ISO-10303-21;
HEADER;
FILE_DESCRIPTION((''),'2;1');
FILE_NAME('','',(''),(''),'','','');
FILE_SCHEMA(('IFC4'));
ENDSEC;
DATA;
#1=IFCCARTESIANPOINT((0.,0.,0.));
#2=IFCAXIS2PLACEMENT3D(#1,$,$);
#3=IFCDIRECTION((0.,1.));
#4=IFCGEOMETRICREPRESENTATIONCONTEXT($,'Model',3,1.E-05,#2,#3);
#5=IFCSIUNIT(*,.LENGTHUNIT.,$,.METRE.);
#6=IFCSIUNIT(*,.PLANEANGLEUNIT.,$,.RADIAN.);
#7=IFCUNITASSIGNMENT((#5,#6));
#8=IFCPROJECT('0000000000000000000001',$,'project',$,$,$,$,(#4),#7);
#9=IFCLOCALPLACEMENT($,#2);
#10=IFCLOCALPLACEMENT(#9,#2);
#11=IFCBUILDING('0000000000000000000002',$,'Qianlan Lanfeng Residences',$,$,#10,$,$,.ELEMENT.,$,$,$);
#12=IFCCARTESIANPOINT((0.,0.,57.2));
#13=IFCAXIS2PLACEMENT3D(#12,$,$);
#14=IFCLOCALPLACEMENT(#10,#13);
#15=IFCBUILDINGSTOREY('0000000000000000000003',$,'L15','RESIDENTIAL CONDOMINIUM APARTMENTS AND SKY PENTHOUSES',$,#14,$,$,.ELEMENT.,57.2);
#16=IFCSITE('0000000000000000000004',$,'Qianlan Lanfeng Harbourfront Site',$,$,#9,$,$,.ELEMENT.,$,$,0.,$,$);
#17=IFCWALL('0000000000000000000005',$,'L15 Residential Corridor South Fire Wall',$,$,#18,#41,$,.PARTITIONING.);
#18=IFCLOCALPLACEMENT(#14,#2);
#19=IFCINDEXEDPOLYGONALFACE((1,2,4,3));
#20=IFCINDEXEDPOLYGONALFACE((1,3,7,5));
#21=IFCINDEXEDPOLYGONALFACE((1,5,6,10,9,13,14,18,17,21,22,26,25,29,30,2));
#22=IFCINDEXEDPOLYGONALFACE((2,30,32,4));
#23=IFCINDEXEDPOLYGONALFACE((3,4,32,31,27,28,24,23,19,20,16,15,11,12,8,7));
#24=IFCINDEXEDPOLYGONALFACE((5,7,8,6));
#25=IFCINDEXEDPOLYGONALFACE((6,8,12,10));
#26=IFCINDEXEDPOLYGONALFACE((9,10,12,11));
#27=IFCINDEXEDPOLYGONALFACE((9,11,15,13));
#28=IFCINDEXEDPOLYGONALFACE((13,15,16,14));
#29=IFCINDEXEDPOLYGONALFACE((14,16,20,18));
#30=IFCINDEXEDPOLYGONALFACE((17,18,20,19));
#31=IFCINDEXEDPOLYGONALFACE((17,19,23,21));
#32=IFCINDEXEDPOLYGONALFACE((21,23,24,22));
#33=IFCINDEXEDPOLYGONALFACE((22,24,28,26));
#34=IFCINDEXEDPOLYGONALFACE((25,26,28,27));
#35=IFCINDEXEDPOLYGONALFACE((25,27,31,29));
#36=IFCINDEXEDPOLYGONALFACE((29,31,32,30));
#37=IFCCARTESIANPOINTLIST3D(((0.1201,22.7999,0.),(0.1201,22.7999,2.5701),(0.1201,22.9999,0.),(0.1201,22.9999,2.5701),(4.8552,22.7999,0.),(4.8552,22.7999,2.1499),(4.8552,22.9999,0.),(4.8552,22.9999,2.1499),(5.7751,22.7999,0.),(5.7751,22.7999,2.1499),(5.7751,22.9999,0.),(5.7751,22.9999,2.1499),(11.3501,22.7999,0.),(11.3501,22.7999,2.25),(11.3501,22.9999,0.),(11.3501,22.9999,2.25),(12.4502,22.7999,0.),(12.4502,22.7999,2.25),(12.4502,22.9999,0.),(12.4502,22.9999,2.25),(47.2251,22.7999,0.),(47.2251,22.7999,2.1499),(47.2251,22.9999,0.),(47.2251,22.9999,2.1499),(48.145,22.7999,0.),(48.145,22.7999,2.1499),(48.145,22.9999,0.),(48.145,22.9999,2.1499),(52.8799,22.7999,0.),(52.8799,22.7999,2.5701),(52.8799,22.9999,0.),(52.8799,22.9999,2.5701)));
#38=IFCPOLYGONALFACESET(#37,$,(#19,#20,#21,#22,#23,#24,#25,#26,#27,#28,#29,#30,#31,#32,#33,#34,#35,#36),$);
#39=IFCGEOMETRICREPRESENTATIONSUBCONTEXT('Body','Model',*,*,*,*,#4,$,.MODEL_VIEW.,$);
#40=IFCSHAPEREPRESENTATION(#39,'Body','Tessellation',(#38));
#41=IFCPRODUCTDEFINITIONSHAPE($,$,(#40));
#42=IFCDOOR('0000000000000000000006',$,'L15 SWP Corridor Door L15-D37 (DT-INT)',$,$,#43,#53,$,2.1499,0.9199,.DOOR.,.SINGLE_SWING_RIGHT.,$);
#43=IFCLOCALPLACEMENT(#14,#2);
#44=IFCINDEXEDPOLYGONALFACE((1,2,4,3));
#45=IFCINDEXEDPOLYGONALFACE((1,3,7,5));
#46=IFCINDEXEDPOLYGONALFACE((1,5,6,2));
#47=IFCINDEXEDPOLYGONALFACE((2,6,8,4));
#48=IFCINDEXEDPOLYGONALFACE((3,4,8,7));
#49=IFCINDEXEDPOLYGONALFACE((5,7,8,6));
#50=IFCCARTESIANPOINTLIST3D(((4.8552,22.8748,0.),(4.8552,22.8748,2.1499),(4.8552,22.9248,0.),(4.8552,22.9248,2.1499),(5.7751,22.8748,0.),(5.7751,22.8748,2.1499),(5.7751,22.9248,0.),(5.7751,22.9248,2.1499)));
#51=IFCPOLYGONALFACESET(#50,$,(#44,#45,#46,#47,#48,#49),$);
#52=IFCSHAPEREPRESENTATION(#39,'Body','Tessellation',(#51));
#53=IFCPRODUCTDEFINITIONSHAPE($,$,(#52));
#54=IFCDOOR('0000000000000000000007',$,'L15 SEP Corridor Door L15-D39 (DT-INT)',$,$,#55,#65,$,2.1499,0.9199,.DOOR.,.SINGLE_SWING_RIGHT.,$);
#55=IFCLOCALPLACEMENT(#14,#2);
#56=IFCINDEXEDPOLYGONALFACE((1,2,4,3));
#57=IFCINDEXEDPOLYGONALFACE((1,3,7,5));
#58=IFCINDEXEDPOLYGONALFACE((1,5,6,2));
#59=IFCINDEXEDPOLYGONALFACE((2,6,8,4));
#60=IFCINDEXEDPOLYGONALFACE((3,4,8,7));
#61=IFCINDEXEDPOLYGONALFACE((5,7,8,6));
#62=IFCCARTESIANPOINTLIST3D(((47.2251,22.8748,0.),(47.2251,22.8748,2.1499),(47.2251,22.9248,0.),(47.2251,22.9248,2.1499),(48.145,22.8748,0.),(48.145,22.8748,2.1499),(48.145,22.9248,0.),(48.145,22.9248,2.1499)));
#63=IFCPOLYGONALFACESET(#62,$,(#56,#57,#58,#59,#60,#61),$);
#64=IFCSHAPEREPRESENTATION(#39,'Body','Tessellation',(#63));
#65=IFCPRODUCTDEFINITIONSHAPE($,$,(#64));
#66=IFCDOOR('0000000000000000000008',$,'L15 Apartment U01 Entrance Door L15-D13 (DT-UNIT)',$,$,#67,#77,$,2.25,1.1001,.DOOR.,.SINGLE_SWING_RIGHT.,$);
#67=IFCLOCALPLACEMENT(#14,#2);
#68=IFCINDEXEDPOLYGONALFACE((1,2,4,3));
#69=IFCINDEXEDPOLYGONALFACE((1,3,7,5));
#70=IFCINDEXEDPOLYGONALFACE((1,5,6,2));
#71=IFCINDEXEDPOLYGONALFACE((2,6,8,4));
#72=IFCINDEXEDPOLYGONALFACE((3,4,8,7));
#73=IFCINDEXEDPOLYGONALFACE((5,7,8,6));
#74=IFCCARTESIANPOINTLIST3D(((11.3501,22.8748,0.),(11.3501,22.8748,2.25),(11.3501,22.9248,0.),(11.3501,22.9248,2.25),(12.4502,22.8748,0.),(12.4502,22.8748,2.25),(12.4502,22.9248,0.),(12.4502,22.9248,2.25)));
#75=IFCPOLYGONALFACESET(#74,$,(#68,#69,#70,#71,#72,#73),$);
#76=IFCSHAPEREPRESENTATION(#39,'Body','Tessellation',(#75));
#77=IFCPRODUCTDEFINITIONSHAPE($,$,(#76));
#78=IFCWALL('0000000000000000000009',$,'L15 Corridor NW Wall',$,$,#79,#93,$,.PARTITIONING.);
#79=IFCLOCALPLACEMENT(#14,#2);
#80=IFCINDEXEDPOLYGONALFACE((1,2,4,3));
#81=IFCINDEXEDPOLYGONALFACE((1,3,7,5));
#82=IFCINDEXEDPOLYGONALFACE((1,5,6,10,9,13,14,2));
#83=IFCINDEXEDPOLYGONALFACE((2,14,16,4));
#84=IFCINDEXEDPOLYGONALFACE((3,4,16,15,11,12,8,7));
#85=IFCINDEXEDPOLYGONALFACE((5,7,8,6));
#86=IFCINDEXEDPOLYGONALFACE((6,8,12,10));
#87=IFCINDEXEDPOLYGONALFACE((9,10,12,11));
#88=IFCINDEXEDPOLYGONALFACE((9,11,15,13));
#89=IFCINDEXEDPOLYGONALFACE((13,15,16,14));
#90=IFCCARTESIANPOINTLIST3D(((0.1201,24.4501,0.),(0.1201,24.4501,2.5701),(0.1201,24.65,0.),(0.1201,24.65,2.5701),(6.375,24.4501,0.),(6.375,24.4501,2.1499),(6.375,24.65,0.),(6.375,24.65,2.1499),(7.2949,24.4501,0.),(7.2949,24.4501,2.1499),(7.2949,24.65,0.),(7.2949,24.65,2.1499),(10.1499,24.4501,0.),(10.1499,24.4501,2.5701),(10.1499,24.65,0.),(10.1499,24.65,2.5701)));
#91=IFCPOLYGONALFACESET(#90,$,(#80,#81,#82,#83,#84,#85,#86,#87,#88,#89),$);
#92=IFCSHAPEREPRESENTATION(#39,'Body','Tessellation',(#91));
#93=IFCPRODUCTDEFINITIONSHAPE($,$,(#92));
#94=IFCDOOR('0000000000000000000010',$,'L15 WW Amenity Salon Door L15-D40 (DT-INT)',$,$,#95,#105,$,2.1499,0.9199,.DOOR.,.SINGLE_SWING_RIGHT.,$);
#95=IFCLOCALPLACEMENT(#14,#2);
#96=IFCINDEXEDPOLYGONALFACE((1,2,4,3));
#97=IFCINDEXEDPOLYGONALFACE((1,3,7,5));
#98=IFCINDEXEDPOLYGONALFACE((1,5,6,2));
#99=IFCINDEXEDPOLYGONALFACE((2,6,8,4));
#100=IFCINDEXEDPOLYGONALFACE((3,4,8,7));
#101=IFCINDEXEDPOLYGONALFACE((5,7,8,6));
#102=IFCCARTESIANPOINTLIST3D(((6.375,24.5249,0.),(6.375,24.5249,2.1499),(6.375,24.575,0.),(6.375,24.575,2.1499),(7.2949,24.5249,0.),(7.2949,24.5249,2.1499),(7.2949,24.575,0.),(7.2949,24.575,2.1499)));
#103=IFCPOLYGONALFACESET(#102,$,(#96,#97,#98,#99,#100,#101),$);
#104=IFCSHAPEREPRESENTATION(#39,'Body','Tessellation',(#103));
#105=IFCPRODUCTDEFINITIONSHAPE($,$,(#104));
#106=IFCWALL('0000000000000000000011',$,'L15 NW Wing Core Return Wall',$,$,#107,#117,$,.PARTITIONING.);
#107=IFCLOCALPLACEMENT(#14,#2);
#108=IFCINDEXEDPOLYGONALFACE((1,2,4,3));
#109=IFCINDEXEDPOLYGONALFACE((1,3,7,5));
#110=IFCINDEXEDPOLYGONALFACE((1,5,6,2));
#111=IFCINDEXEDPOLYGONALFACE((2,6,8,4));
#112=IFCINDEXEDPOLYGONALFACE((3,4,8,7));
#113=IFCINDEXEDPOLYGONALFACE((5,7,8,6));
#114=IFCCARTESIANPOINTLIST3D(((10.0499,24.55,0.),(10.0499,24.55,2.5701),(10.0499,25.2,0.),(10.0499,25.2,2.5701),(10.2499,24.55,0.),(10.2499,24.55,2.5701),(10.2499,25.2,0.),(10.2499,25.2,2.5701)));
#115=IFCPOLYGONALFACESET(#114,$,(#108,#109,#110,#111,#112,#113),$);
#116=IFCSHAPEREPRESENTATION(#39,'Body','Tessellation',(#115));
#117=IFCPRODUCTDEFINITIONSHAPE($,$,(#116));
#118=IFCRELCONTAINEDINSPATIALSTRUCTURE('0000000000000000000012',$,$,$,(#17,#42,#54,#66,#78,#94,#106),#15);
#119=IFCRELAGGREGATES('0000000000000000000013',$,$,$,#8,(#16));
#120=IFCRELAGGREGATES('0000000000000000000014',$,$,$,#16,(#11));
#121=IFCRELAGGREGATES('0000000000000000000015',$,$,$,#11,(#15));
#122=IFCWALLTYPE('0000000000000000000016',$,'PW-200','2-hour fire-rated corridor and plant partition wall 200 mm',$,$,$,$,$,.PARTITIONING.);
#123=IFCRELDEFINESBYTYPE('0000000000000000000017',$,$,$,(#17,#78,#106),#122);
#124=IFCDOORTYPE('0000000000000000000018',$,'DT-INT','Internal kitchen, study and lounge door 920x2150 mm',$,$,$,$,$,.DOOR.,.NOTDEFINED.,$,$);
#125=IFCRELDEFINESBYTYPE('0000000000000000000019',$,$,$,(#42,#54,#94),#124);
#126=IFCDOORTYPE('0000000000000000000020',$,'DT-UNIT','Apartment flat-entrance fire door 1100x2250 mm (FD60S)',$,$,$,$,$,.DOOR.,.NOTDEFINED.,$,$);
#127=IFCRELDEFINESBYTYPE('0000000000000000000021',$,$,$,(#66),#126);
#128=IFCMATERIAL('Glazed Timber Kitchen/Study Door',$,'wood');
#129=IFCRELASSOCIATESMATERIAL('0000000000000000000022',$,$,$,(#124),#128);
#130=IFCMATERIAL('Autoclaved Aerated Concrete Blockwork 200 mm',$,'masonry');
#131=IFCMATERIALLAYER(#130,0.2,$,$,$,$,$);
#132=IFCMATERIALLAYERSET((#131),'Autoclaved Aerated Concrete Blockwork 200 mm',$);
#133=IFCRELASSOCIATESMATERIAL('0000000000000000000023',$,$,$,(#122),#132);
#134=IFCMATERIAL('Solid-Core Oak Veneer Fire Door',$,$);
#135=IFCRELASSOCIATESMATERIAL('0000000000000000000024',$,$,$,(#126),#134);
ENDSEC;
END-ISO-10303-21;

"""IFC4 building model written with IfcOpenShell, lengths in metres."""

from ifc_helpers import new_model, si_unit, direction, frame, frame_2d, origin, place, context, subcontext, project, spatial, rectangle, extrude, material, layer, layer_set, type_object, element, fill, save


model = new_model("IFC4")

# Units and contexts
model_context = context("Model", 3, precision=1e-05, world=origin(), true_north=direction((0.0, 1.0)))
body_context = subcontext(model_context, "Body", "Model", "MODEL_VIEW")
ifc_project = project(units=[si_unit("LENGTHUNIT", "METRE"), si_unit("PLANEANGLEUNIT", "RADIAN")], contexts=[model_context])

# Site, building, storey
site_placement = place(None, origin())
site = spatial("IfcSite", under=ifc_project, at=site_placement, Name="Qianlan Lanfeng Harbourfront Site", CompositionType="ELEMENT", RefElevation=0.0)
building_placement = place(site_placement, origin())
building = spatial("IfcBuilding", under=site, at=building_placement, Name="Qianlan Lanfeng Residences", CompositionType="ELEMENT")
storey_placement = place(building_placement, frame((0.0, 0.0, 57.2)))
storey = spatial("IfcBuildingStorey", under=building, at=storey_placement, Name="L15", Description="RESIDENTIAL CONDOMINIUM APARTMENTS AND SKY PENTHOUSES", CompositionType="ELEMENT", Elevation=57.2)

# Shared definitions
ifc_material_1 = material(Name="Glazed Timber Kitchen/Study Door", Category="wood")
door_type_1 = type_object("IfcDoorType", Name="DT-INT", Description="Internal kitchen, study and lounge door 920x2150 mm", OperationType="NOTDEFINED", PredefinedType="DOOR", material=ifc_material_1)

# Wall, openings, doors
ifc_material_2 = material(Name="Autoclaved Aerated Concrete Blockwork 200 mm", Category="masonry")
ifc_layer_1 = layer(ifc_material_2, 0.2)
ifc_layer_set_1 = layer_set([ifc_layer_1], Name="Autoclaved Aerated Concrete Blockwork 200 mm")
wall_type_1 = type_object("IfcWallType", Name="PW-200", Description="2-hour fire-rated corridor and plant partition wall 200 mm", PredefinedType="PARTITIONING", material=ifc_layer_set_1)
wall_1_placement = place(storey_placement, frame((0.1201, 22.8999, 0.0), z_axis=(0.0, 0.0, 1.0), x_axis=(1.0, 0.0, 0.0)))
wall_1 = element("IfcWall", 1, at=wall_1_placement, inside=storey, type_object=wall_type_1, Name="L15 Residential Corridor South Fire Wall", PredefinedType="PARTITIONING", context=body_context, shape_type="SweptSolid", body=[
    extrude(rectangle(XDim=52.7598, YDim=0.2, at=frame_2d((26.3799, 0.0))), origin(), (0.0, 0.0, 1.0), 2.5701),
])
opening_1_placement = place(wall_1_placement, frame((11.23, 0.0, 0.0)))
opening_1 = element("IfcOpeningElement", 2, at=opening_1_placement, cuts=wall_1, PredefinedType="OPENING", context=body_context, shape_type="SweptSolid", body=[
    extrude(rectangle(XDim=1.1001, YDim=2.25, at=frame_2d((0.55, 1.125))), frame((0.0, 0.1099, 0.0), z_axis=(0.0, -1.0, 0.0), x_axis=(1.0, 0.0, 0.0)), (0.0, 0.0, 1.0), 0.22),
])
opening_2_placement = place(wall_1_placement, frame((4.7351, 0.0, 0.0)))
opening_2 = element("IfcOpeningElement", 3, at=opening_2_placement, cuts=wall_1, PredefinedType="OPENING", context=body_context, shape_type="SweptSolid", body=[
    extrude(rectangle(XDim=0.9199, YDim=2.1499, at=frame_2d((0.46, 1.075))), frame((0.0, 0.1099, 0.0), z_axis=(0.0, -1.0, 0.0), x_axis=(1.0, 0.0, 0.0)), (0.0, 0.0, 1.0), 0.22),
])
opening_3_placement = place(wall_1_placement, frame((47.105, 0.0, 0.0)))
opening_3 = element("IfcOpeningElement", 4, at=opening_3_placement, cuts=wall_1, PredefinedType="OPENING", context=body_context, shape_type="SweptSolid", body=[
    extrude(rectangle(XDim=0.9199, YDim=2.1499, at=frame_2d((0.46, 1.075))), frame((0.0, 0.1099, 0.0), z_axis=(0.0, -1.0, 0.0), x_axis=(1.0, 0.0, 0.0)), (0.0, 0.0, 1.0), 0.22),
])
door_1_placement = place(opening_2_placement, origin())
door_1 = element("IfcDoor", 5, at=door_1_placement, inside=storey, type_object=door_type_1, Name="L15 SWP Corridor Door L15-D37 (DT-INT)", OperationType="SINGLE_SWING_RIGHT", OverallHeight=2.1499, OverallWidth=0.9199, PredefinedType="DOOR", context=body_context, shape_type="SweptSolid", body=[
    extrude(rectangle(XDim=0.9199, YDim=2.1499, at=frame_2d((0.46, 1.075))), frame((0.0, 0.0249, 0.0), z_axis=(0.0, -1.0, 0.0), x_axis=(1.0, 0.0, 0.0)), (0.0, 0.0, 1.0), 0.05),
])
fill(opening_2, door_1)
door_2_placement = place(opening_3_placement, origin())
door_2 = element("IfcDoor", 6, at=door_2_placement, inside=storey, type_object=door_type_1, Name="L15 SEP Corridor Door L15-D39 (DT-INT)", OperationType="SINGLE_SWING_RIGHT", OverallHeight=2.1499, OverallWidth=0.9199, PredefinedType="DOOR", context=body_context, shape_type="SweptSolid", body=[
    extrude(rectangle(XDim=0.9199, YDim=2.1499, at=frame_2d((0.46, 1.075))), frame((0.0, 0.0249, 0.0), z_axis=(0.0, -1.0, 0.0), x_axis=(1.0, 0.0, 0.0)), (0.0, 0.0, 1.0), 0.05),
])
fill(opening_3, door_2)
ifc_material_3 = material(Name="Solid-Core Oak Veneer Fire Door")
door_type_2 = type_object("IfcDoorType", Name="DT-UNIT", Description="Apartment flat-entrance fire door 1100x2250 mm (FD60S)", OperationType="NOTDEFINED", PredefinedType="DOOR", material=ifc_material_3)
door_3_placement = place(opening_1_placement, origin())
door_3 = element("IfcDoor", 7, at=door_3_placement, inside=storey, type_object=door_type_2, Name="L15 Apartment U01 Entrance Door L15-D13 (DT-UNIT)", OperationType="SINGLE_SWING_RIGHT", OverallHeight=2.25, OverallWidth=1.1001, PredefinedType="DOOR", context=body_context, shape_type="SweptSolid", body=[
    extrude(rectangle(XDim=1.1001, YDim=2.25, at=frame_2d((0.55, 1.125))), frame((0.0, 0.0249, 0.0), z_axis=(0.0, -1.0, 0.0), x_axis=(1.0, 0.0, 0.0)), (0.0, 0.0, 1.0), 0.05),
])
fill(opening_1, door_3)

# Wall, opening, door
wall_2_placement = place(storey_placement, frame((0.1201, 24.55, 0.0), z_axis=(0.0, 0.0, 1.0), x_axis=(1.0, 0.0, 0.0)))
wall_2 = element("IfcWall", 8, at=wall_2_placement, inside=storey, type_object=wall_type_1, Name="L15 Corridor NW Wall", PredefinedType="PARTITIONING", context=body_context, shape_type="SweptSolid", body=[
    extrude(rectangle(XDim=10.0298, YDim=0.2, at=frame_2d((5.0149, 0.0))), origin(), (0.0, 0.0, 1.0), 2.5701),
])
opening_4_placement = place(wall_2_placement, frame((6.2549, 0.0, 0.0)))
opening_4 = element("IfcOpeningElement", 9, at=opening_4_placement, cuts=wall_2, PredefinedType="OPENING", context=body_context, shape_type="SweptSolid", body=[
    extrude(rectangle(XDim=0.9199, YDim=2.1499, at=frame_2d((0.46, 1.075))), frame((0.0, 0.1099, 0.0), z_axis=(0.0, -1.0, 0.0), x_axis=(1.0, 0.0, 0.0)), (0.0, 0.0, 1.0), 0.22),
])
door_4_placement = place(opening_4_placement, origin())
door_4 = element("IfcDoor", 10, at=door_4_placement, inside=storey, type_object=door_type_1, Name="L15 WW Amenity Salon Door L15-D40 (DT-INT)", OperationType="SINGLE_SWING_RIGHT", OverallHeight=2.1499, OverallWidth=0.9199, PredefinedType="DOOR", context=body_context, shape_type="SweptSolid", body=[
    extrude(rectangle(XDim=0.9199, YDim=2.1499, at=frame_2d((0.46, 1.075))), frame((0.0, 0.0249, 0.0), z_axis=(0.0, -1.0, 0.0), x_axis=(1.0, 0.0, 0.0)), (0.0, 0.0, 1.0), 0.05),
])
fill(opening_4, door_4)

# Wall
wall_3_placement = place(storey_placement, frame((10.1499, 24.55, 0.0), z_axis=(0.0, 0.0, 1.0), x_axis=(0.0, 1.0, 0.0)))
element("IfcWall", 11, at=wall_3_placement, inside=storey, type_object=wall_type_1, Name="L15 NW Wing Core Return Wall", PredefinedType="PARTITIONING", context=body_context, shape_type="SweptSolid", body=[
    extrude(rectangle(XDim=0.6499, YDim=0.2, at=frame_2d((0.325, 0.0))), origin(), (0.0, 0.0, 1.0), 2.5701),
])

save(model, "model.ifc")
